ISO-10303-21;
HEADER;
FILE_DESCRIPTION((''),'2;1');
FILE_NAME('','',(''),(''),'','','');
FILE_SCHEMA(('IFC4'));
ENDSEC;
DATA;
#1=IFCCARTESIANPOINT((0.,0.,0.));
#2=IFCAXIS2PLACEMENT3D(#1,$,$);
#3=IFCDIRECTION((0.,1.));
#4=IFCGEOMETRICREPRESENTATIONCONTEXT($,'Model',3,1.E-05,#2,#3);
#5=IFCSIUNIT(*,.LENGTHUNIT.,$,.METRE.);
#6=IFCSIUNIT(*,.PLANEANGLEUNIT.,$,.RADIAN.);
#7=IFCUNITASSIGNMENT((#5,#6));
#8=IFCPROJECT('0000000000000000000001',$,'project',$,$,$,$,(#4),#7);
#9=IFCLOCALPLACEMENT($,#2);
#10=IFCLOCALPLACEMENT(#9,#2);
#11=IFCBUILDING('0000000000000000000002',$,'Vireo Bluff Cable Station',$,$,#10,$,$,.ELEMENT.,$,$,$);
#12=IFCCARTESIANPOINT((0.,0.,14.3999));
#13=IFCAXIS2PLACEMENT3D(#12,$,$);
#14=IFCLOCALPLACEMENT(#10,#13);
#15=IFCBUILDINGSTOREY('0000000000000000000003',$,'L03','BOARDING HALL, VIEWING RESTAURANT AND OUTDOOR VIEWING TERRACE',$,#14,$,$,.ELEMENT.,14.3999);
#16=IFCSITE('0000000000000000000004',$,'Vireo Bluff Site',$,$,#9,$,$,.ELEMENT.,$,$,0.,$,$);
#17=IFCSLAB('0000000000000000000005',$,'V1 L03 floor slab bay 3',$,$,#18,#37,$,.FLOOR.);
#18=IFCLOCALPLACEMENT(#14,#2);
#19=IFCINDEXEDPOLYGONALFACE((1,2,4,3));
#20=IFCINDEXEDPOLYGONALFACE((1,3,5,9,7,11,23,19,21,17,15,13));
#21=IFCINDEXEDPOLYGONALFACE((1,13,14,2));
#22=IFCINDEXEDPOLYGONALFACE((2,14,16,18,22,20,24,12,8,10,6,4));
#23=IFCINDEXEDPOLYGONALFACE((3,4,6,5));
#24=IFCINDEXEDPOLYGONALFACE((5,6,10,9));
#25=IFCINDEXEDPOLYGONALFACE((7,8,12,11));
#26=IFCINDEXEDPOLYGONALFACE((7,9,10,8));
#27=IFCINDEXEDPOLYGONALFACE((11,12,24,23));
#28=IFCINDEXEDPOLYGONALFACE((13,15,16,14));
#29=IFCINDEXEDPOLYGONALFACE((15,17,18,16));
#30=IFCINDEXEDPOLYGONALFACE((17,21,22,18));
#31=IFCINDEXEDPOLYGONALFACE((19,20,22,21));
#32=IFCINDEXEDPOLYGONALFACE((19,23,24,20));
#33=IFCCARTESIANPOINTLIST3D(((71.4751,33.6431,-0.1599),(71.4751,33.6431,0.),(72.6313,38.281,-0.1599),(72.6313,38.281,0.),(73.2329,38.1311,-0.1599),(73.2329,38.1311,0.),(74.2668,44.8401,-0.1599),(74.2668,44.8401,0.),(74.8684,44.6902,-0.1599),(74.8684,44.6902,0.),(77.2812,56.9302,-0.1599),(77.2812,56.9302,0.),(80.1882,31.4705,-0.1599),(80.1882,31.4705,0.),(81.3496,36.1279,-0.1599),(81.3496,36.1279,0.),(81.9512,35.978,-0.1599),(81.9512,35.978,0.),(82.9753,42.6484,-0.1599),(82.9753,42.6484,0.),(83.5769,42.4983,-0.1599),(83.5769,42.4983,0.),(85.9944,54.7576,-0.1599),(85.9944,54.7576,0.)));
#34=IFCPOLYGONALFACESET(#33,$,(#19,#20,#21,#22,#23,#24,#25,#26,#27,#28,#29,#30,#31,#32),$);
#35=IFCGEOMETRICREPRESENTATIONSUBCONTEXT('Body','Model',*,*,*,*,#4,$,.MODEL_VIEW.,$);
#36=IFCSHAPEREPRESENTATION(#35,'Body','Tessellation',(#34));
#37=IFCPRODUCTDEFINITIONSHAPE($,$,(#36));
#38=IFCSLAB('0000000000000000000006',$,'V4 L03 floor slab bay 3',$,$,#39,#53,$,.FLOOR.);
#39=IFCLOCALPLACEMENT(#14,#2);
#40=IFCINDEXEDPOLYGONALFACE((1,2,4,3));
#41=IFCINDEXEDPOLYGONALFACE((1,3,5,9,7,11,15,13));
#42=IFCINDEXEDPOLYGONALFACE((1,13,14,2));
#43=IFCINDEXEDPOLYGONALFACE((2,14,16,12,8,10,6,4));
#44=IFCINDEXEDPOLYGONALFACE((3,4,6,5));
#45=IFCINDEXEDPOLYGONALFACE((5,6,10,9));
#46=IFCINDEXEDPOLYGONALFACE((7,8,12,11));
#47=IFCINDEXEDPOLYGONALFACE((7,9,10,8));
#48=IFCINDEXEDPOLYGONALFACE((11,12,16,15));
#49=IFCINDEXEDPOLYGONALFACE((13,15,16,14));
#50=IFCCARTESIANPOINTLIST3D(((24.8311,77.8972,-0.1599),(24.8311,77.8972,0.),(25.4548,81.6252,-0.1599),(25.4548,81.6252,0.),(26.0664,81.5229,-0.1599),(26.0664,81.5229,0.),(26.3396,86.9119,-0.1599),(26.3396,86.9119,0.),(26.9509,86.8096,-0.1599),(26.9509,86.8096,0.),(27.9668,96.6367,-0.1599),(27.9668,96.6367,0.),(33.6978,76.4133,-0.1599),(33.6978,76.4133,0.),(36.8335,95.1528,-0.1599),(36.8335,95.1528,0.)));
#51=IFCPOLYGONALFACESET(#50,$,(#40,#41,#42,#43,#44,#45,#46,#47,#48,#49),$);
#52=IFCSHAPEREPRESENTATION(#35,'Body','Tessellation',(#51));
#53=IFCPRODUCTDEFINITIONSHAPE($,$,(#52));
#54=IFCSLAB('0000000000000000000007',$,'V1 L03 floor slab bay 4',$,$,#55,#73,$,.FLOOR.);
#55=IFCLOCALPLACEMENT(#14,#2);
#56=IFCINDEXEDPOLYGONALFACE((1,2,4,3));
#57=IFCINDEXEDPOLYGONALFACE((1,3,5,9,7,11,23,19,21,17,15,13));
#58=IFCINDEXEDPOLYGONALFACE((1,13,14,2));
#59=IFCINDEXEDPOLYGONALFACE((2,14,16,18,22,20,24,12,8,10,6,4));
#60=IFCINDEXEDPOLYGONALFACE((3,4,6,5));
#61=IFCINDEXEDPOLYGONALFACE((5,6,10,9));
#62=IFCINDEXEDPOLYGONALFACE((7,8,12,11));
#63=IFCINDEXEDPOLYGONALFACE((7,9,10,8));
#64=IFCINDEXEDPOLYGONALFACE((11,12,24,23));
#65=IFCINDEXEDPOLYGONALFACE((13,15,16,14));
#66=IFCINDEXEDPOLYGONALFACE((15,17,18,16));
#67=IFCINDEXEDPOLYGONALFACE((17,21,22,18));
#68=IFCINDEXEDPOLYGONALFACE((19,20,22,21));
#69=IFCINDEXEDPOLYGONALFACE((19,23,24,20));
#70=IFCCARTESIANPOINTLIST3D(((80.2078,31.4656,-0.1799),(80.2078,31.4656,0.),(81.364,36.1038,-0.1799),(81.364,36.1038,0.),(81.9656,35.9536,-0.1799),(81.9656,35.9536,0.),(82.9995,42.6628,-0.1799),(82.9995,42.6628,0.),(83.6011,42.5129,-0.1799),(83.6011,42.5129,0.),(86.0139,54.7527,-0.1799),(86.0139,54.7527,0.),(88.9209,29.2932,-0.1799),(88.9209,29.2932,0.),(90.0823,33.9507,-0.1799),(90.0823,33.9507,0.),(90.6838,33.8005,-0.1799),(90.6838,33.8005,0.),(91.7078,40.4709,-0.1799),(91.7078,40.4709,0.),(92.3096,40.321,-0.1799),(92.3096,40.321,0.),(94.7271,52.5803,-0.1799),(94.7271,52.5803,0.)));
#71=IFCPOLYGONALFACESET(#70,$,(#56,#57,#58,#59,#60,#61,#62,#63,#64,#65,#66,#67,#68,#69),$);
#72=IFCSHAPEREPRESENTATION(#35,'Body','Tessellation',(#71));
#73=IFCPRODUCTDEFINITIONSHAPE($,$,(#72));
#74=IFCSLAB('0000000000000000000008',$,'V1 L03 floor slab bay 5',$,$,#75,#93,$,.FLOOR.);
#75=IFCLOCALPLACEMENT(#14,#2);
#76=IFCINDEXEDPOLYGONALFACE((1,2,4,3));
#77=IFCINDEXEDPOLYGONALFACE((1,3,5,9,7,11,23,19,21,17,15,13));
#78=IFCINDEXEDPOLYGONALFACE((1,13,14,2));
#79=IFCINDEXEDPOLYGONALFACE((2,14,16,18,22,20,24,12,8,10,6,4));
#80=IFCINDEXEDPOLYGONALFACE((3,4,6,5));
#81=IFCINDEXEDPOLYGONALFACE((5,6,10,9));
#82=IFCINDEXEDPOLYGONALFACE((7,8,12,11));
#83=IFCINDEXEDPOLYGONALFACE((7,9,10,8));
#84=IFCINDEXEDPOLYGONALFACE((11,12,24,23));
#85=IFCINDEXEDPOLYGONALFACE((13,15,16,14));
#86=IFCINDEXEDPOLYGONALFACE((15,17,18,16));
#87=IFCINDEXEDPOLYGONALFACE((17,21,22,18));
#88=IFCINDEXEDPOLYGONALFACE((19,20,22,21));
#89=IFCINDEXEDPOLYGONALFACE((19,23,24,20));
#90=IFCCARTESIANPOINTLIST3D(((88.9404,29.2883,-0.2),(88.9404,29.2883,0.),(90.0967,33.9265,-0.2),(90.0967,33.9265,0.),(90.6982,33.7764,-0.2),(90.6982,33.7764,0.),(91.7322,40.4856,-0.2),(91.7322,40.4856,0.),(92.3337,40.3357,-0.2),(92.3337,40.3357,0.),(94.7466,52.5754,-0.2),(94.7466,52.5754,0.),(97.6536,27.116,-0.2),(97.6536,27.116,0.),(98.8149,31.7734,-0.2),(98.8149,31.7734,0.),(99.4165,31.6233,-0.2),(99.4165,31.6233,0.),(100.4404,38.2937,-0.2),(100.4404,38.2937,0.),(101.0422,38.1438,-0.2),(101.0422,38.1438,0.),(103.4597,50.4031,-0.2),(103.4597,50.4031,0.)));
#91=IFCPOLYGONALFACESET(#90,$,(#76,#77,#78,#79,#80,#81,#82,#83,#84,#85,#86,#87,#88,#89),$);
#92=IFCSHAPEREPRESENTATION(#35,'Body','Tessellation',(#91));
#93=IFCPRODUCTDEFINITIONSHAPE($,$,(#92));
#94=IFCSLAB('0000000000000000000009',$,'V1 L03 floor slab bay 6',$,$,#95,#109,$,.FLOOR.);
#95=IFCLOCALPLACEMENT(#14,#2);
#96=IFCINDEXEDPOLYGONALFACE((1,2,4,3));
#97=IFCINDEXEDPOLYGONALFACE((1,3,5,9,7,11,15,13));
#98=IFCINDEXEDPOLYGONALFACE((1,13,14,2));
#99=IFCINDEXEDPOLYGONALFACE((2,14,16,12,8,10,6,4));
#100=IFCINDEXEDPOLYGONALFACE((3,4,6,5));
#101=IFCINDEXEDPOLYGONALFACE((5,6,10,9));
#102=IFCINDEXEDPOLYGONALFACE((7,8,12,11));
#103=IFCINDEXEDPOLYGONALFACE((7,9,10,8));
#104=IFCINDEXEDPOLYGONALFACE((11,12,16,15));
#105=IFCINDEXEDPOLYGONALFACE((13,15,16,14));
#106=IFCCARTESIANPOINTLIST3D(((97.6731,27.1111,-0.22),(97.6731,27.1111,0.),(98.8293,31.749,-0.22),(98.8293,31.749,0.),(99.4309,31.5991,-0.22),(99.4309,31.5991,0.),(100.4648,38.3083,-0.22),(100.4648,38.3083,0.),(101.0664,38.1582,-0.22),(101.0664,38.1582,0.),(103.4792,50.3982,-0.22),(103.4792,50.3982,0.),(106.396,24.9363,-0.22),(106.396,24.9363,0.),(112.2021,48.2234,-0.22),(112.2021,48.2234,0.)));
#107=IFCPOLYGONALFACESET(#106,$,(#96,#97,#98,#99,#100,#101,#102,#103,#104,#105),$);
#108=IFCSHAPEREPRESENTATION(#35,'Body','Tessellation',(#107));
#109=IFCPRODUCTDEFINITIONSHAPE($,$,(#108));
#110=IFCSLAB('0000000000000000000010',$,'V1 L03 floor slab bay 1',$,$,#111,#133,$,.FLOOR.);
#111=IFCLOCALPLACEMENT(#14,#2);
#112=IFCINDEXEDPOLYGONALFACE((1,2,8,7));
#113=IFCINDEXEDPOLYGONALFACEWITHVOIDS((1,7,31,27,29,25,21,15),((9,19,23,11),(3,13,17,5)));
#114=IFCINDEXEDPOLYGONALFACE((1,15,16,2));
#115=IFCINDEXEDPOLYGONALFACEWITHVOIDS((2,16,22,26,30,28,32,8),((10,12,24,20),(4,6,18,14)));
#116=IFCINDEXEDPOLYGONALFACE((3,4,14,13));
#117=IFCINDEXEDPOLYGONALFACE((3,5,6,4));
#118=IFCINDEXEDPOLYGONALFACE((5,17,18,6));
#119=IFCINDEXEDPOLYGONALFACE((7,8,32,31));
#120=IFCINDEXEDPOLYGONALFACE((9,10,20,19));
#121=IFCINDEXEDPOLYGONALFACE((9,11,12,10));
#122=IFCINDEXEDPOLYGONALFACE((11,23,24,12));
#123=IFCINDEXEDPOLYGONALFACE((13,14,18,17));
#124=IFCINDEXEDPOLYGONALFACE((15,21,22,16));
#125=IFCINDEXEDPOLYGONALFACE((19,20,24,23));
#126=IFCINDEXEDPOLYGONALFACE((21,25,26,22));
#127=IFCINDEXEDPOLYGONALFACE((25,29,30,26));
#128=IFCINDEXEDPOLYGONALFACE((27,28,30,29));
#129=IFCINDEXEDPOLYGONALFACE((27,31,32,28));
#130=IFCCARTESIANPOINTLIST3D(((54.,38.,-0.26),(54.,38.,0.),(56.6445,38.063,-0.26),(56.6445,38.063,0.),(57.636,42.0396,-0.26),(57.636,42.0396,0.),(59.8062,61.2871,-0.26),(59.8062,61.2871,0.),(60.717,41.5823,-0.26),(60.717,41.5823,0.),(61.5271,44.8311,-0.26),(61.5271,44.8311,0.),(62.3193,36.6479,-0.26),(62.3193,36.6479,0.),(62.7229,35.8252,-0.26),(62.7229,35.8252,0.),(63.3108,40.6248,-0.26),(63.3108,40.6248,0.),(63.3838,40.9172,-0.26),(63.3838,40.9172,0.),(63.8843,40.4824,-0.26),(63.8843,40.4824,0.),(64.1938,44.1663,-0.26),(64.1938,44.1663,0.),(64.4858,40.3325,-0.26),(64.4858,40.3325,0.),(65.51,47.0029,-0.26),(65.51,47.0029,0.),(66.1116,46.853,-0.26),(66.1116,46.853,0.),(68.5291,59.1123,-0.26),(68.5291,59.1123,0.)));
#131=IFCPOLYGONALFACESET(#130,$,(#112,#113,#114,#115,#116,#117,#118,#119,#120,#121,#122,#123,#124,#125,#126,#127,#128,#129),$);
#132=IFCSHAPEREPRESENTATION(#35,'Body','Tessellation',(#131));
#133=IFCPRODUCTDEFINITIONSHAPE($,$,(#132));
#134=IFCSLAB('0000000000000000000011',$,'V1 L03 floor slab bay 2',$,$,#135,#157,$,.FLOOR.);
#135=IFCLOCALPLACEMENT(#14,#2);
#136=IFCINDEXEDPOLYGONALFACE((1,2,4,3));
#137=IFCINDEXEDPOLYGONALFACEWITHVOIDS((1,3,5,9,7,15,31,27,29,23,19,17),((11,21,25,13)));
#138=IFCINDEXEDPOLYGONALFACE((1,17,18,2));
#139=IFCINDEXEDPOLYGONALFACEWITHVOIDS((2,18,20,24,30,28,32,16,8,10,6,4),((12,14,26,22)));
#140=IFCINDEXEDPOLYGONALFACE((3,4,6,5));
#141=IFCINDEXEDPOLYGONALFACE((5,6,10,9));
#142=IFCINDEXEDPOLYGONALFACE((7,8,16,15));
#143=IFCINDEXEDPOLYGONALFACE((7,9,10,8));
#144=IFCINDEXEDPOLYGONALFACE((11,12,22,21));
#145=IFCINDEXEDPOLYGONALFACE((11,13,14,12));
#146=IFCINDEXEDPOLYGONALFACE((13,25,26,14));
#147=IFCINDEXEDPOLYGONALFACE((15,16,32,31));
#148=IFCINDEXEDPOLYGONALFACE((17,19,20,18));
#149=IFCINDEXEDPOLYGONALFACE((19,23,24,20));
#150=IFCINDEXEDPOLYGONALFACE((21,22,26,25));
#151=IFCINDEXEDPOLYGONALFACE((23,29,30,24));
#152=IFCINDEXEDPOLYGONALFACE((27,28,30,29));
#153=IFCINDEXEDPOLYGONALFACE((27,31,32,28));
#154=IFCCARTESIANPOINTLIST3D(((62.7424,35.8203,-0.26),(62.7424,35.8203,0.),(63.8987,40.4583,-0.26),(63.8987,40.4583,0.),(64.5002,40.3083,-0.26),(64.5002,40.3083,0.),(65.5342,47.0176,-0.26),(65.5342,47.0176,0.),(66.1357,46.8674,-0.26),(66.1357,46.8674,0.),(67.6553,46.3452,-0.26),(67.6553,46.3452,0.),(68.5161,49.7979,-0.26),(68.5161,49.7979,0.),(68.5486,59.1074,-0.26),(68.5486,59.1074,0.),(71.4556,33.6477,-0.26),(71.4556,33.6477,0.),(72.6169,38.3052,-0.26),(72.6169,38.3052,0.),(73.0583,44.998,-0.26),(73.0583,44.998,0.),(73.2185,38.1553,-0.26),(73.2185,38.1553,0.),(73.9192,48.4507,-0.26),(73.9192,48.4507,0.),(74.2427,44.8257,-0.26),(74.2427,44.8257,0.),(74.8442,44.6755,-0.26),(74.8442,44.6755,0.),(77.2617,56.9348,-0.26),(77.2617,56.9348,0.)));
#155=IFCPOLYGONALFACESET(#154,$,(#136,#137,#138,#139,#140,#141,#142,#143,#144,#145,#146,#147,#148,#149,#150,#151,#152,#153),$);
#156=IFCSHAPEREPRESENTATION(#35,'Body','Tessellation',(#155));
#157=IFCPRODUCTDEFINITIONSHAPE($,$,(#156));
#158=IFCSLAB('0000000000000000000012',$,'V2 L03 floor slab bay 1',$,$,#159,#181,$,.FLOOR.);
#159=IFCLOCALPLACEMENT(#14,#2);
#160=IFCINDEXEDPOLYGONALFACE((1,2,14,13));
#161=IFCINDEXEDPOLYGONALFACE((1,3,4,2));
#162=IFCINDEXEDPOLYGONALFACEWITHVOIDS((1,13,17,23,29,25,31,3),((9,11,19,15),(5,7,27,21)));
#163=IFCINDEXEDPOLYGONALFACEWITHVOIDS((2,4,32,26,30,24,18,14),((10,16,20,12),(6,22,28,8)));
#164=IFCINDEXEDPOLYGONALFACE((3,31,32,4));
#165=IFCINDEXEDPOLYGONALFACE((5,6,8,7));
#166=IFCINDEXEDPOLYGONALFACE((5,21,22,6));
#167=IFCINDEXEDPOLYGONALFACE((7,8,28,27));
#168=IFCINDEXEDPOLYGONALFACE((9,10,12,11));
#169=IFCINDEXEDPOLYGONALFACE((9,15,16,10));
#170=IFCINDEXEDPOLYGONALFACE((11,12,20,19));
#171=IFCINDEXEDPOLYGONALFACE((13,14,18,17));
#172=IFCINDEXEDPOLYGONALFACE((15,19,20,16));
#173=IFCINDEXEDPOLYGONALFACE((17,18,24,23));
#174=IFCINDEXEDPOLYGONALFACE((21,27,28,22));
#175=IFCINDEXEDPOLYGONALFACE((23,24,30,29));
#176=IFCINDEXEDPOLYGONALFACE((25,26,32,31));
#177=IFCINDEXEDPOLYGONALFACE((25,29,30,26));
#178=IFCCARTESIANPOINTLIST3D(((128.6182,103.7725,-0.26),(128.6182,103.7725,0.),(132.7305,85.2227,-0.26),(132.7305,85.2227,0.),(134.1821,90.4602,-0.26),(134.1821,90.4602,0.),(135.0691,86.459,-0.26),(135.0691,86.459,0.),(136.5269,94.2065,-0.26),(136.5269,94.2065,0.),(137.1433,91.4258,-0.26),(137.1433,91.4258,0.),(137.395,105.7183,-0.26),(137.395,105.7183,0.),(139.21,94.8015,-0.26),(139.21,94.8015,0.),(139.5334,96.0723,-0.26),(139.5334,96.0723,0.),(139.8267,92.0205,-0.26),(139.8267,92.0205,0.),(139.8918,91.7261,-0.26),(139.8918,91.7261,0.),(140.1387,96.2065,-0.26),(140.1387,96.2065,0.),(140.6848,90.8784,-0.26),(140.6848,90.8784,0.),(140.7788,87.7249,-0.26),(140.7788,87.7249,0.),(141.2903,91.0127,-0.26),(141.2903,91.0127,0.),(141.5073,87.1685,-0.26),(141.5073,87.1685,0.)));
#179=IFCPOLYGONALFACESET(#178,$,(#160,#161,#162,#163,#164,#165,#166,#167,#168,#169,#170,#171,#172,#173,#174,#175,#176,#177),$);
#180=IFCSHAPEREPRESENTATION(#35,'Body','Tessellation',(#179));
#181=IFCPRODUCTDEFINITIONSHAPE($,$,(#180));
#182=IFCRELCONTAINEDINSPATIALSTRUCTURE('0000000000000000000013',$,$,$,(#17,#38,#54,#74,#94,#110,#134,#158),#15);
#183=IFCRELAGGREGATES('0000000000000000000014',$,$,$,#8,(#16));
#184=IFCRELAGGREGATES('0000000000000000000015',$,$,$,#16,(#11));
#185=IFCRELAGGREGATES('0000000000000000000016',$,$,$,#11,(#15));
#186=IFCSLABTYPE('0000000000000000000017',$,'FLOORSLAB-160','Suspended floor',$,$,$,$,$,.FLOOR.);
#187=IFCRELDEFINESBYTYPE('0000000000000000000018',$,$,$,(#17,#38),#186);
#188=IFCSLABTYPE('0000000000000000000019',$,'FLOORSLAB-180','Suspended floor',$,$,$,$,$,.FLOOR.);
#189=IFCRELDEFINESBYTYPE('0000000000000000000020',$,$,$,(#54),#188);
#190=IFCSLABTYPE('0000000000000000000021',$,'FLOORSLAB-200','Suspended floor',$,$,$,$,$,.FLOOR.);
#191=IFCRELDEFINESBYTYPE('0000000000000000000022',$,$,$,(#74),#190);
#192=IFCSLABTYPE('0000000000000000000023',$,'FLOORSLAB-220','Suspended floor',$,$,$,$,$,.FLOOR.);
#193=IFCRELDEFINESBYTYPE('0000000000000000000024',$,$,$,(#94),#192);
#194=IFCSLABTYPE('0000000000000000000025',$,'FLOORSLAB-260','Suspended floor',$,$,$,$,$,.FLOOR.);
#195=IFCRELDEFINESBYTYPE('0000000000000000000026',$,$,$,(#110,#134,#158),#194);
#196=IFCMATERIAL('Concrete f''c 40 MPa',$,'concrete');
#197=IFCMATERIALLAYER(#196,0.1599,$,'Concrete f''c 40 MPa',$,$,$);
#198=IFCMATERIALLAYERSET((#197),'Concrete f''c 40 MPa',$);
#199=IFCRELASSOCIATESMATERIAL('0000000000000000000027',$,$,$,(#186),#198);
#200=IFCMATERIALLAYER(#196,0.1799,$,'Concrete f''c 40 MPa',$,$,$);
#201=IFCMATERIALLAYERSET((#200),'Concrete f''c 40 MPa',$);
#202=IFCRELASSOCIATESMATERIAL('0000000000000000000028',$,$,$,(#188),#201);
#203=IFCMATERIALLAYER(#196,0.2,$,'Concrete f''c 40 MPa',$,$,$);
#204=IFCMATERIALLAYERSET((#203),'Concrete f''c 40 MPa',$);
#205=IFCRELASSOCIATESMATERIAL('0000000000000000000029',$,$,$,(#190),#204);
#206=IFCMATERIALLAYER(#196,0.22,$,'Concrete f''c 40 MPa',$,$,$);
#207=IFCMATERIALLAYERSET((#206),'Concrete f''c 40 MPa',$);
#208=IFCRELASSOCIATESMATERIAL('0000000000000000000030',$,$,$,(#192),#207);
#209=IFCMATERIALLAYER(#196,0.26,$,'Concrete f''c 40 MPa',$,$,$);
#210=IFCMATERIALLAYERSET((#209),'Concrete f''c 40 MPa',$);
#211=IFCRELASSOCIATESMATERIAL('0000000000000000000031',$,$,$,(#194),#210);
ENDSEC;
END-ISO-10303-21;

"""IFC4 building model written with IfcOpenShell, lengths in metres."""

from ifc_helpers import new_model, si_unit, direction, frame, origin, place, context, subcontext, project, spatial, polyline, outline, extrude, material, layer, layer_set, type_object, element, save


model = new_model("IFC4")

# Units and contexts
model_context = context("Model", 3, precision=1e-05, world=origin(), true_north=direction((0.0, 1.0)))
body_context = subcontext(model_context, "Body", "Model", "MODEL_VIEW")
ifc_project = project(units=[si_unit("LENGTHUNIT", "METRE"), si_unit("PLANEANGLEUNIT", "RADIAN")], contexts=[model_context])

# Site, building, storey
site_placement = place(None, origin())
site = spatial("IfcSite", under=ifc_project, at=site_placement, Name="Vireo Bluff Site", CompositionType="ELEMENT", RefElevation=0.0)
building_placement = place(site_placement, origin())
building = spatial("IfcBuilding", under=site, at=building_placement, Name="Vireo Bluff Cable Station", CompositionType="ELEMENT")
storey_placement = place(building_placement, frame((0.0, 0.0, 14.3999)))
storey = spatial("IfcBuildingStorey", under=building, at=storey_placement, Name="L03", Description="BOARDING HALL, VIEWING RESTAURANT AND OUTDOOR VIEWING TERRACE", CompositionType="ELEMENT", Elevation=14.3999)

# Slabs
ifc_material_1 = material(Name="Concrete f'c 40 MPa", Category="concrete")
ifc_layer_1 = layer(ifc_material_1, 0.1599, Name="Concrete f'c 40 MPa")
ifc_layer_set_1 = layer_set([ifc_layer_1], Name="Concrete f'c 40 MPa")
slab_type_1 = type_object("IfcSlabType", Name="FLOORSLAB-160", Description="Suspended floor", PredefinedType="FLOOR", material=ifc_layer_set_1)
slab_1_placement = place(storey_placement, frame((0.0, 0.0, -0.1599)))
element("IfcSlab", 1, at=slab_1_placement, inside=storey, type_object=slab_type_1, Name="V1 L03 floor slab bay 3", PredefinedType="FLOOR", context=body_context, shape_type="SweptSolid", body=[
    extrude(outline(polyline([(71.4751, 33.6431), (80.1882, 31.4705), (81.3496, 36.1279), (81.9512, 35.978), (83.5769, 42.4983), (82.9753, 42.6484), (85.9944, 54.7576), (77.2812, 56.9302), (74.2668, 44.8401), (74.8684, 44.6902), (73.2329, 38.1311), (72.6313, 38.281), (71.4751, 33.6431)])), origin(), (0.0, 0.0, 1.0), 0.1599),
])
slab_2_placement = place(storey_placement, frame((0.0, 0.0, -0.1599)))
element("IfcSlab", 2, at=slab_2_placement, inside=storey, type_object=slab_type_1, Name="V4 L03 floor slab bay 3", PredefinedType="FLOOR", context=body_context, shape_type="SweptSolid", body=[
    extrude(outline(polyline([(24.8311, 77.8972), (33.6978, 76.4133), (36.8335, 95.1528), (27.9668, 96.6367), (26.3396, 86.9119), (26.9509, 86.8096), (26.0664, 81.5229), (25.4548, 81.6252), (24.8311, 77.8972)])), origin(), (0.0, 0.0, 1.0), 0.1599),
])
ifc_layer_2 = layer(ifc_material_1, 0.1799, Name="Concrete f'c 40 MPa")
ifc_layer_set_2 = layer_set([ifc_layer_2], Name="Concrete f'c 40 MPa")
slab_type_2 = type_object("IfcSlabType", Name="FLOORSLAB-180", Description="Suspended floor", PredefinedType="FLOOR", material=ifc_layer_set_2)
slab_3_placement = place(storey_placement, frame((0.0, 0.0, -0.1799)))
element("IfcSlab", 3, at=slab_3_placement, inside=storey, type_object=slab_type_2, Name="V1 L03 floor slab bay 4", PredefinedType="FLOOR", context=body_context, shape_type="SweptSolid", body=[
    extrude(outline(polyline([(80.2078, 31.4656), (88.9209, 29.2932), (90.0823, 33.9507), (90.6838, 33.8005), (92.3096, 40.321), (91.7078, 40.4709), (94.7271, 52.5803), (86.0139, 54.7527), (82.9995, 42.6628), (83.6011, 42.5129), (81.9656, 35.9536), (81.364, 36.1038), (80.2078, 31.4656)])), origin(), (0.0, 0.0, 1.0), 0.1799),
])
ifc_layer_3 = layer(ifc_material_1, 0.2, Name="Concrete f'c 40 MPa")
ifc_layer_set_3 = layer_set([ifc_layer_3], Name="Concrete f'c 40 MPa")
slab_type_3 = type_object("IfcSlabType", Name="FLOORSLAB-200", Description="Suspended floor", PredefinedType="FLOOR", material=ifc_layer_set_3)
slab_4_placement = place(storey_placement, frame((0.0, 0.0, -0.2)))
element("IfcSlab", 4, at=slab_4_placement, inside=storey, type_object=slab_type_3, Name="V1 L03 floor slab bay 5", PredefinedType="FLOOR", context=body_context, shape_type="SweptSolid", body=[
    extrude(outline(polyline([(88.9404, 29.2883), (97.6536, 27.116), (98.8149, 31.7734), (99.4165, 31.6233), (101.0422, 38.1438), (100.4404, 38.2937), (103.4597, 50.4031), (94.7466, 52.5754), (91.7322, 40.4856), (92.3337, 40.3357), (90.6982, 33.7764), (90.0967, 33.9265), (88.9404, 29.2883)])), origin(), (0.0, 0.0, 1.0), 0.2),
])
ifc_layer_4 = layer(ifc_material_1, 0.22, Name="Concrete f'c 40 MPa")
ifc_layer_set_4 = layer_set([ifc_layer_4], Name="Concrete f'c 40 MPa")
slab_type_4 = type_object("IfcSlabType", Name="FLOORSLAB-220", Description="Suspended floor", PredefinedType="FLOOR", material=ifc_layer_set_4)
slab_5_placement = place(storey_placement, frame((0.0, 0.0, -0.22)))
element("IfcSlab", 5, at=slab_5_placement, inside=storey, type_object=slab_type_4, Name="V1 L03 floor slab bay 6", PredefinedType="FLOOR", context=body_context, shape_type="SweptSolid", body=[
    extrude(outline(polyline([(97.6731, 27.1111), (106.396, 24.9363), (112.2021, 48.2234), (103.4792, 50.3982), (100.4648, 38.3083), (101.0664, 38.1582), (99.4309, 31.5991), (98.8293, 31.749), (97.6731, 27.1111)])), origin(), (0.0, 0.0, 1.0), 0.22),
])
ifc_layer_5 = layer(ifc_material_1, 0.26, Name="Concrete f'c 40 MPa")
ifc_layer_set_5 = layer_set([ifc_layer_5], Name="Concrete f'c 40 MPa")
slab_type_5 = type_object("IfcSlabType", Name="FLOORSLAB-260", Description="Suspended floor", PredefinedType="FLOOR", material=ifc_layer_set_5)
slab_6_placement = place(storey_placement, frame((0.0, 0.0, -0.26)))
element("IfcSlab", 6, at=slab_6_placement, inside=storey, type_object=slab_type_5, Name="V1 L03 floor slab bay 1", PredefinedType="FLOOR", context=body_context, shape_type="SweptSolid", body=[
    extrude(outline(polyline([(54.0, 38.0), (62.7229, 35.8252), (63.8843, 40.4824), (64.4858, 40.3325), (66.1116, 46.853), (65.51, 47.0029), (68.5291, 59.1123), (59.8062, 61.2871), (54.0, 38.0)]), holes=[polyline([(56.6445, 38.063), (57.636, 42.0396), (63.3108, 40.6248), (62.3193, 36.6479), (56.6445, 38.063)]), polyline([(60.717, 41.5823), (61.5271, 44.8311), (64.1938, 44.1663), (63.3838, 40.9172), (60.717, 41.5823)])]), origin(), (0.0, 0.0, 1.0), 0.26),
])
slab_7_placement = place(storey_placement, frame((0.0, 0.0, -0.26)))
element("IfcSlab", 7, at=slab_7_placement, inside=storey, type_object=slab_type_5, Name="V1 L03 floor slab bay 2", PredefinedType="FLOOR", context=body_context, shape_type="SweptSolid", body=[
    extrude(outline(polyline([(62.7424, 35.8203), (71.4556, 33.6477), (72.6169, 38.3052), (73.2185, 38.1553), (74.8442, 44.6755), (74.2427, 44.8257), (77.2617, 56.9348), (68.5486, 59.1074), (65.5342, 47.0176), (66.1357, 46.8674), (64.5002, 40.3083), (63.8987, 40.4583), (62.7424, 35.8203)]), holes=[polyline([(67.6553, 46.3452), (68.5161, 49.7979), (73.9192, 48.4507), (73.0583, 44.998), (67.6553, 46.3452)])]), origin(), (0.0, 0.0, 1.0), 0.26),
])
slab_8_placement = place(storey_placement, frame((0.0, 0.0, -0.26)))
element("IfcSlab", 8, at=slab_8_placement, inside=storey, type_object=slab_type_5, Name="V2 L03 floor slab bay 1", PredefinedType="FLOOR", context=body_context, shape_type="SweptSolid", body=[
    extrude(outline(polyline([(132.7305, 85.2227), (141.5073, 87.1685), (140.6848, 90.8784), (141.2903, 91.0127), (140.1387, 96.2065), (139.5334, 96.0723), (137.395, 105.7183), (128.6182, 103.7725), (132.7305, 85.2227)]), holes=[polyline([(135.0691, 86.459), (134.1821, 90.4602), (139.8918, 91.7261), (140.7788, 87.7249), (135.0691, 86.459)]), polyline([(137.1433, 91.4258), (136.5269, 94.2065), (139.21, 94.8015), (139.8267, 92.0205), (137.1433, 91.4258)])]), origin(), (0.0, 0.0, 1.0), 0.26),
])

save(model, "model.ifc")
